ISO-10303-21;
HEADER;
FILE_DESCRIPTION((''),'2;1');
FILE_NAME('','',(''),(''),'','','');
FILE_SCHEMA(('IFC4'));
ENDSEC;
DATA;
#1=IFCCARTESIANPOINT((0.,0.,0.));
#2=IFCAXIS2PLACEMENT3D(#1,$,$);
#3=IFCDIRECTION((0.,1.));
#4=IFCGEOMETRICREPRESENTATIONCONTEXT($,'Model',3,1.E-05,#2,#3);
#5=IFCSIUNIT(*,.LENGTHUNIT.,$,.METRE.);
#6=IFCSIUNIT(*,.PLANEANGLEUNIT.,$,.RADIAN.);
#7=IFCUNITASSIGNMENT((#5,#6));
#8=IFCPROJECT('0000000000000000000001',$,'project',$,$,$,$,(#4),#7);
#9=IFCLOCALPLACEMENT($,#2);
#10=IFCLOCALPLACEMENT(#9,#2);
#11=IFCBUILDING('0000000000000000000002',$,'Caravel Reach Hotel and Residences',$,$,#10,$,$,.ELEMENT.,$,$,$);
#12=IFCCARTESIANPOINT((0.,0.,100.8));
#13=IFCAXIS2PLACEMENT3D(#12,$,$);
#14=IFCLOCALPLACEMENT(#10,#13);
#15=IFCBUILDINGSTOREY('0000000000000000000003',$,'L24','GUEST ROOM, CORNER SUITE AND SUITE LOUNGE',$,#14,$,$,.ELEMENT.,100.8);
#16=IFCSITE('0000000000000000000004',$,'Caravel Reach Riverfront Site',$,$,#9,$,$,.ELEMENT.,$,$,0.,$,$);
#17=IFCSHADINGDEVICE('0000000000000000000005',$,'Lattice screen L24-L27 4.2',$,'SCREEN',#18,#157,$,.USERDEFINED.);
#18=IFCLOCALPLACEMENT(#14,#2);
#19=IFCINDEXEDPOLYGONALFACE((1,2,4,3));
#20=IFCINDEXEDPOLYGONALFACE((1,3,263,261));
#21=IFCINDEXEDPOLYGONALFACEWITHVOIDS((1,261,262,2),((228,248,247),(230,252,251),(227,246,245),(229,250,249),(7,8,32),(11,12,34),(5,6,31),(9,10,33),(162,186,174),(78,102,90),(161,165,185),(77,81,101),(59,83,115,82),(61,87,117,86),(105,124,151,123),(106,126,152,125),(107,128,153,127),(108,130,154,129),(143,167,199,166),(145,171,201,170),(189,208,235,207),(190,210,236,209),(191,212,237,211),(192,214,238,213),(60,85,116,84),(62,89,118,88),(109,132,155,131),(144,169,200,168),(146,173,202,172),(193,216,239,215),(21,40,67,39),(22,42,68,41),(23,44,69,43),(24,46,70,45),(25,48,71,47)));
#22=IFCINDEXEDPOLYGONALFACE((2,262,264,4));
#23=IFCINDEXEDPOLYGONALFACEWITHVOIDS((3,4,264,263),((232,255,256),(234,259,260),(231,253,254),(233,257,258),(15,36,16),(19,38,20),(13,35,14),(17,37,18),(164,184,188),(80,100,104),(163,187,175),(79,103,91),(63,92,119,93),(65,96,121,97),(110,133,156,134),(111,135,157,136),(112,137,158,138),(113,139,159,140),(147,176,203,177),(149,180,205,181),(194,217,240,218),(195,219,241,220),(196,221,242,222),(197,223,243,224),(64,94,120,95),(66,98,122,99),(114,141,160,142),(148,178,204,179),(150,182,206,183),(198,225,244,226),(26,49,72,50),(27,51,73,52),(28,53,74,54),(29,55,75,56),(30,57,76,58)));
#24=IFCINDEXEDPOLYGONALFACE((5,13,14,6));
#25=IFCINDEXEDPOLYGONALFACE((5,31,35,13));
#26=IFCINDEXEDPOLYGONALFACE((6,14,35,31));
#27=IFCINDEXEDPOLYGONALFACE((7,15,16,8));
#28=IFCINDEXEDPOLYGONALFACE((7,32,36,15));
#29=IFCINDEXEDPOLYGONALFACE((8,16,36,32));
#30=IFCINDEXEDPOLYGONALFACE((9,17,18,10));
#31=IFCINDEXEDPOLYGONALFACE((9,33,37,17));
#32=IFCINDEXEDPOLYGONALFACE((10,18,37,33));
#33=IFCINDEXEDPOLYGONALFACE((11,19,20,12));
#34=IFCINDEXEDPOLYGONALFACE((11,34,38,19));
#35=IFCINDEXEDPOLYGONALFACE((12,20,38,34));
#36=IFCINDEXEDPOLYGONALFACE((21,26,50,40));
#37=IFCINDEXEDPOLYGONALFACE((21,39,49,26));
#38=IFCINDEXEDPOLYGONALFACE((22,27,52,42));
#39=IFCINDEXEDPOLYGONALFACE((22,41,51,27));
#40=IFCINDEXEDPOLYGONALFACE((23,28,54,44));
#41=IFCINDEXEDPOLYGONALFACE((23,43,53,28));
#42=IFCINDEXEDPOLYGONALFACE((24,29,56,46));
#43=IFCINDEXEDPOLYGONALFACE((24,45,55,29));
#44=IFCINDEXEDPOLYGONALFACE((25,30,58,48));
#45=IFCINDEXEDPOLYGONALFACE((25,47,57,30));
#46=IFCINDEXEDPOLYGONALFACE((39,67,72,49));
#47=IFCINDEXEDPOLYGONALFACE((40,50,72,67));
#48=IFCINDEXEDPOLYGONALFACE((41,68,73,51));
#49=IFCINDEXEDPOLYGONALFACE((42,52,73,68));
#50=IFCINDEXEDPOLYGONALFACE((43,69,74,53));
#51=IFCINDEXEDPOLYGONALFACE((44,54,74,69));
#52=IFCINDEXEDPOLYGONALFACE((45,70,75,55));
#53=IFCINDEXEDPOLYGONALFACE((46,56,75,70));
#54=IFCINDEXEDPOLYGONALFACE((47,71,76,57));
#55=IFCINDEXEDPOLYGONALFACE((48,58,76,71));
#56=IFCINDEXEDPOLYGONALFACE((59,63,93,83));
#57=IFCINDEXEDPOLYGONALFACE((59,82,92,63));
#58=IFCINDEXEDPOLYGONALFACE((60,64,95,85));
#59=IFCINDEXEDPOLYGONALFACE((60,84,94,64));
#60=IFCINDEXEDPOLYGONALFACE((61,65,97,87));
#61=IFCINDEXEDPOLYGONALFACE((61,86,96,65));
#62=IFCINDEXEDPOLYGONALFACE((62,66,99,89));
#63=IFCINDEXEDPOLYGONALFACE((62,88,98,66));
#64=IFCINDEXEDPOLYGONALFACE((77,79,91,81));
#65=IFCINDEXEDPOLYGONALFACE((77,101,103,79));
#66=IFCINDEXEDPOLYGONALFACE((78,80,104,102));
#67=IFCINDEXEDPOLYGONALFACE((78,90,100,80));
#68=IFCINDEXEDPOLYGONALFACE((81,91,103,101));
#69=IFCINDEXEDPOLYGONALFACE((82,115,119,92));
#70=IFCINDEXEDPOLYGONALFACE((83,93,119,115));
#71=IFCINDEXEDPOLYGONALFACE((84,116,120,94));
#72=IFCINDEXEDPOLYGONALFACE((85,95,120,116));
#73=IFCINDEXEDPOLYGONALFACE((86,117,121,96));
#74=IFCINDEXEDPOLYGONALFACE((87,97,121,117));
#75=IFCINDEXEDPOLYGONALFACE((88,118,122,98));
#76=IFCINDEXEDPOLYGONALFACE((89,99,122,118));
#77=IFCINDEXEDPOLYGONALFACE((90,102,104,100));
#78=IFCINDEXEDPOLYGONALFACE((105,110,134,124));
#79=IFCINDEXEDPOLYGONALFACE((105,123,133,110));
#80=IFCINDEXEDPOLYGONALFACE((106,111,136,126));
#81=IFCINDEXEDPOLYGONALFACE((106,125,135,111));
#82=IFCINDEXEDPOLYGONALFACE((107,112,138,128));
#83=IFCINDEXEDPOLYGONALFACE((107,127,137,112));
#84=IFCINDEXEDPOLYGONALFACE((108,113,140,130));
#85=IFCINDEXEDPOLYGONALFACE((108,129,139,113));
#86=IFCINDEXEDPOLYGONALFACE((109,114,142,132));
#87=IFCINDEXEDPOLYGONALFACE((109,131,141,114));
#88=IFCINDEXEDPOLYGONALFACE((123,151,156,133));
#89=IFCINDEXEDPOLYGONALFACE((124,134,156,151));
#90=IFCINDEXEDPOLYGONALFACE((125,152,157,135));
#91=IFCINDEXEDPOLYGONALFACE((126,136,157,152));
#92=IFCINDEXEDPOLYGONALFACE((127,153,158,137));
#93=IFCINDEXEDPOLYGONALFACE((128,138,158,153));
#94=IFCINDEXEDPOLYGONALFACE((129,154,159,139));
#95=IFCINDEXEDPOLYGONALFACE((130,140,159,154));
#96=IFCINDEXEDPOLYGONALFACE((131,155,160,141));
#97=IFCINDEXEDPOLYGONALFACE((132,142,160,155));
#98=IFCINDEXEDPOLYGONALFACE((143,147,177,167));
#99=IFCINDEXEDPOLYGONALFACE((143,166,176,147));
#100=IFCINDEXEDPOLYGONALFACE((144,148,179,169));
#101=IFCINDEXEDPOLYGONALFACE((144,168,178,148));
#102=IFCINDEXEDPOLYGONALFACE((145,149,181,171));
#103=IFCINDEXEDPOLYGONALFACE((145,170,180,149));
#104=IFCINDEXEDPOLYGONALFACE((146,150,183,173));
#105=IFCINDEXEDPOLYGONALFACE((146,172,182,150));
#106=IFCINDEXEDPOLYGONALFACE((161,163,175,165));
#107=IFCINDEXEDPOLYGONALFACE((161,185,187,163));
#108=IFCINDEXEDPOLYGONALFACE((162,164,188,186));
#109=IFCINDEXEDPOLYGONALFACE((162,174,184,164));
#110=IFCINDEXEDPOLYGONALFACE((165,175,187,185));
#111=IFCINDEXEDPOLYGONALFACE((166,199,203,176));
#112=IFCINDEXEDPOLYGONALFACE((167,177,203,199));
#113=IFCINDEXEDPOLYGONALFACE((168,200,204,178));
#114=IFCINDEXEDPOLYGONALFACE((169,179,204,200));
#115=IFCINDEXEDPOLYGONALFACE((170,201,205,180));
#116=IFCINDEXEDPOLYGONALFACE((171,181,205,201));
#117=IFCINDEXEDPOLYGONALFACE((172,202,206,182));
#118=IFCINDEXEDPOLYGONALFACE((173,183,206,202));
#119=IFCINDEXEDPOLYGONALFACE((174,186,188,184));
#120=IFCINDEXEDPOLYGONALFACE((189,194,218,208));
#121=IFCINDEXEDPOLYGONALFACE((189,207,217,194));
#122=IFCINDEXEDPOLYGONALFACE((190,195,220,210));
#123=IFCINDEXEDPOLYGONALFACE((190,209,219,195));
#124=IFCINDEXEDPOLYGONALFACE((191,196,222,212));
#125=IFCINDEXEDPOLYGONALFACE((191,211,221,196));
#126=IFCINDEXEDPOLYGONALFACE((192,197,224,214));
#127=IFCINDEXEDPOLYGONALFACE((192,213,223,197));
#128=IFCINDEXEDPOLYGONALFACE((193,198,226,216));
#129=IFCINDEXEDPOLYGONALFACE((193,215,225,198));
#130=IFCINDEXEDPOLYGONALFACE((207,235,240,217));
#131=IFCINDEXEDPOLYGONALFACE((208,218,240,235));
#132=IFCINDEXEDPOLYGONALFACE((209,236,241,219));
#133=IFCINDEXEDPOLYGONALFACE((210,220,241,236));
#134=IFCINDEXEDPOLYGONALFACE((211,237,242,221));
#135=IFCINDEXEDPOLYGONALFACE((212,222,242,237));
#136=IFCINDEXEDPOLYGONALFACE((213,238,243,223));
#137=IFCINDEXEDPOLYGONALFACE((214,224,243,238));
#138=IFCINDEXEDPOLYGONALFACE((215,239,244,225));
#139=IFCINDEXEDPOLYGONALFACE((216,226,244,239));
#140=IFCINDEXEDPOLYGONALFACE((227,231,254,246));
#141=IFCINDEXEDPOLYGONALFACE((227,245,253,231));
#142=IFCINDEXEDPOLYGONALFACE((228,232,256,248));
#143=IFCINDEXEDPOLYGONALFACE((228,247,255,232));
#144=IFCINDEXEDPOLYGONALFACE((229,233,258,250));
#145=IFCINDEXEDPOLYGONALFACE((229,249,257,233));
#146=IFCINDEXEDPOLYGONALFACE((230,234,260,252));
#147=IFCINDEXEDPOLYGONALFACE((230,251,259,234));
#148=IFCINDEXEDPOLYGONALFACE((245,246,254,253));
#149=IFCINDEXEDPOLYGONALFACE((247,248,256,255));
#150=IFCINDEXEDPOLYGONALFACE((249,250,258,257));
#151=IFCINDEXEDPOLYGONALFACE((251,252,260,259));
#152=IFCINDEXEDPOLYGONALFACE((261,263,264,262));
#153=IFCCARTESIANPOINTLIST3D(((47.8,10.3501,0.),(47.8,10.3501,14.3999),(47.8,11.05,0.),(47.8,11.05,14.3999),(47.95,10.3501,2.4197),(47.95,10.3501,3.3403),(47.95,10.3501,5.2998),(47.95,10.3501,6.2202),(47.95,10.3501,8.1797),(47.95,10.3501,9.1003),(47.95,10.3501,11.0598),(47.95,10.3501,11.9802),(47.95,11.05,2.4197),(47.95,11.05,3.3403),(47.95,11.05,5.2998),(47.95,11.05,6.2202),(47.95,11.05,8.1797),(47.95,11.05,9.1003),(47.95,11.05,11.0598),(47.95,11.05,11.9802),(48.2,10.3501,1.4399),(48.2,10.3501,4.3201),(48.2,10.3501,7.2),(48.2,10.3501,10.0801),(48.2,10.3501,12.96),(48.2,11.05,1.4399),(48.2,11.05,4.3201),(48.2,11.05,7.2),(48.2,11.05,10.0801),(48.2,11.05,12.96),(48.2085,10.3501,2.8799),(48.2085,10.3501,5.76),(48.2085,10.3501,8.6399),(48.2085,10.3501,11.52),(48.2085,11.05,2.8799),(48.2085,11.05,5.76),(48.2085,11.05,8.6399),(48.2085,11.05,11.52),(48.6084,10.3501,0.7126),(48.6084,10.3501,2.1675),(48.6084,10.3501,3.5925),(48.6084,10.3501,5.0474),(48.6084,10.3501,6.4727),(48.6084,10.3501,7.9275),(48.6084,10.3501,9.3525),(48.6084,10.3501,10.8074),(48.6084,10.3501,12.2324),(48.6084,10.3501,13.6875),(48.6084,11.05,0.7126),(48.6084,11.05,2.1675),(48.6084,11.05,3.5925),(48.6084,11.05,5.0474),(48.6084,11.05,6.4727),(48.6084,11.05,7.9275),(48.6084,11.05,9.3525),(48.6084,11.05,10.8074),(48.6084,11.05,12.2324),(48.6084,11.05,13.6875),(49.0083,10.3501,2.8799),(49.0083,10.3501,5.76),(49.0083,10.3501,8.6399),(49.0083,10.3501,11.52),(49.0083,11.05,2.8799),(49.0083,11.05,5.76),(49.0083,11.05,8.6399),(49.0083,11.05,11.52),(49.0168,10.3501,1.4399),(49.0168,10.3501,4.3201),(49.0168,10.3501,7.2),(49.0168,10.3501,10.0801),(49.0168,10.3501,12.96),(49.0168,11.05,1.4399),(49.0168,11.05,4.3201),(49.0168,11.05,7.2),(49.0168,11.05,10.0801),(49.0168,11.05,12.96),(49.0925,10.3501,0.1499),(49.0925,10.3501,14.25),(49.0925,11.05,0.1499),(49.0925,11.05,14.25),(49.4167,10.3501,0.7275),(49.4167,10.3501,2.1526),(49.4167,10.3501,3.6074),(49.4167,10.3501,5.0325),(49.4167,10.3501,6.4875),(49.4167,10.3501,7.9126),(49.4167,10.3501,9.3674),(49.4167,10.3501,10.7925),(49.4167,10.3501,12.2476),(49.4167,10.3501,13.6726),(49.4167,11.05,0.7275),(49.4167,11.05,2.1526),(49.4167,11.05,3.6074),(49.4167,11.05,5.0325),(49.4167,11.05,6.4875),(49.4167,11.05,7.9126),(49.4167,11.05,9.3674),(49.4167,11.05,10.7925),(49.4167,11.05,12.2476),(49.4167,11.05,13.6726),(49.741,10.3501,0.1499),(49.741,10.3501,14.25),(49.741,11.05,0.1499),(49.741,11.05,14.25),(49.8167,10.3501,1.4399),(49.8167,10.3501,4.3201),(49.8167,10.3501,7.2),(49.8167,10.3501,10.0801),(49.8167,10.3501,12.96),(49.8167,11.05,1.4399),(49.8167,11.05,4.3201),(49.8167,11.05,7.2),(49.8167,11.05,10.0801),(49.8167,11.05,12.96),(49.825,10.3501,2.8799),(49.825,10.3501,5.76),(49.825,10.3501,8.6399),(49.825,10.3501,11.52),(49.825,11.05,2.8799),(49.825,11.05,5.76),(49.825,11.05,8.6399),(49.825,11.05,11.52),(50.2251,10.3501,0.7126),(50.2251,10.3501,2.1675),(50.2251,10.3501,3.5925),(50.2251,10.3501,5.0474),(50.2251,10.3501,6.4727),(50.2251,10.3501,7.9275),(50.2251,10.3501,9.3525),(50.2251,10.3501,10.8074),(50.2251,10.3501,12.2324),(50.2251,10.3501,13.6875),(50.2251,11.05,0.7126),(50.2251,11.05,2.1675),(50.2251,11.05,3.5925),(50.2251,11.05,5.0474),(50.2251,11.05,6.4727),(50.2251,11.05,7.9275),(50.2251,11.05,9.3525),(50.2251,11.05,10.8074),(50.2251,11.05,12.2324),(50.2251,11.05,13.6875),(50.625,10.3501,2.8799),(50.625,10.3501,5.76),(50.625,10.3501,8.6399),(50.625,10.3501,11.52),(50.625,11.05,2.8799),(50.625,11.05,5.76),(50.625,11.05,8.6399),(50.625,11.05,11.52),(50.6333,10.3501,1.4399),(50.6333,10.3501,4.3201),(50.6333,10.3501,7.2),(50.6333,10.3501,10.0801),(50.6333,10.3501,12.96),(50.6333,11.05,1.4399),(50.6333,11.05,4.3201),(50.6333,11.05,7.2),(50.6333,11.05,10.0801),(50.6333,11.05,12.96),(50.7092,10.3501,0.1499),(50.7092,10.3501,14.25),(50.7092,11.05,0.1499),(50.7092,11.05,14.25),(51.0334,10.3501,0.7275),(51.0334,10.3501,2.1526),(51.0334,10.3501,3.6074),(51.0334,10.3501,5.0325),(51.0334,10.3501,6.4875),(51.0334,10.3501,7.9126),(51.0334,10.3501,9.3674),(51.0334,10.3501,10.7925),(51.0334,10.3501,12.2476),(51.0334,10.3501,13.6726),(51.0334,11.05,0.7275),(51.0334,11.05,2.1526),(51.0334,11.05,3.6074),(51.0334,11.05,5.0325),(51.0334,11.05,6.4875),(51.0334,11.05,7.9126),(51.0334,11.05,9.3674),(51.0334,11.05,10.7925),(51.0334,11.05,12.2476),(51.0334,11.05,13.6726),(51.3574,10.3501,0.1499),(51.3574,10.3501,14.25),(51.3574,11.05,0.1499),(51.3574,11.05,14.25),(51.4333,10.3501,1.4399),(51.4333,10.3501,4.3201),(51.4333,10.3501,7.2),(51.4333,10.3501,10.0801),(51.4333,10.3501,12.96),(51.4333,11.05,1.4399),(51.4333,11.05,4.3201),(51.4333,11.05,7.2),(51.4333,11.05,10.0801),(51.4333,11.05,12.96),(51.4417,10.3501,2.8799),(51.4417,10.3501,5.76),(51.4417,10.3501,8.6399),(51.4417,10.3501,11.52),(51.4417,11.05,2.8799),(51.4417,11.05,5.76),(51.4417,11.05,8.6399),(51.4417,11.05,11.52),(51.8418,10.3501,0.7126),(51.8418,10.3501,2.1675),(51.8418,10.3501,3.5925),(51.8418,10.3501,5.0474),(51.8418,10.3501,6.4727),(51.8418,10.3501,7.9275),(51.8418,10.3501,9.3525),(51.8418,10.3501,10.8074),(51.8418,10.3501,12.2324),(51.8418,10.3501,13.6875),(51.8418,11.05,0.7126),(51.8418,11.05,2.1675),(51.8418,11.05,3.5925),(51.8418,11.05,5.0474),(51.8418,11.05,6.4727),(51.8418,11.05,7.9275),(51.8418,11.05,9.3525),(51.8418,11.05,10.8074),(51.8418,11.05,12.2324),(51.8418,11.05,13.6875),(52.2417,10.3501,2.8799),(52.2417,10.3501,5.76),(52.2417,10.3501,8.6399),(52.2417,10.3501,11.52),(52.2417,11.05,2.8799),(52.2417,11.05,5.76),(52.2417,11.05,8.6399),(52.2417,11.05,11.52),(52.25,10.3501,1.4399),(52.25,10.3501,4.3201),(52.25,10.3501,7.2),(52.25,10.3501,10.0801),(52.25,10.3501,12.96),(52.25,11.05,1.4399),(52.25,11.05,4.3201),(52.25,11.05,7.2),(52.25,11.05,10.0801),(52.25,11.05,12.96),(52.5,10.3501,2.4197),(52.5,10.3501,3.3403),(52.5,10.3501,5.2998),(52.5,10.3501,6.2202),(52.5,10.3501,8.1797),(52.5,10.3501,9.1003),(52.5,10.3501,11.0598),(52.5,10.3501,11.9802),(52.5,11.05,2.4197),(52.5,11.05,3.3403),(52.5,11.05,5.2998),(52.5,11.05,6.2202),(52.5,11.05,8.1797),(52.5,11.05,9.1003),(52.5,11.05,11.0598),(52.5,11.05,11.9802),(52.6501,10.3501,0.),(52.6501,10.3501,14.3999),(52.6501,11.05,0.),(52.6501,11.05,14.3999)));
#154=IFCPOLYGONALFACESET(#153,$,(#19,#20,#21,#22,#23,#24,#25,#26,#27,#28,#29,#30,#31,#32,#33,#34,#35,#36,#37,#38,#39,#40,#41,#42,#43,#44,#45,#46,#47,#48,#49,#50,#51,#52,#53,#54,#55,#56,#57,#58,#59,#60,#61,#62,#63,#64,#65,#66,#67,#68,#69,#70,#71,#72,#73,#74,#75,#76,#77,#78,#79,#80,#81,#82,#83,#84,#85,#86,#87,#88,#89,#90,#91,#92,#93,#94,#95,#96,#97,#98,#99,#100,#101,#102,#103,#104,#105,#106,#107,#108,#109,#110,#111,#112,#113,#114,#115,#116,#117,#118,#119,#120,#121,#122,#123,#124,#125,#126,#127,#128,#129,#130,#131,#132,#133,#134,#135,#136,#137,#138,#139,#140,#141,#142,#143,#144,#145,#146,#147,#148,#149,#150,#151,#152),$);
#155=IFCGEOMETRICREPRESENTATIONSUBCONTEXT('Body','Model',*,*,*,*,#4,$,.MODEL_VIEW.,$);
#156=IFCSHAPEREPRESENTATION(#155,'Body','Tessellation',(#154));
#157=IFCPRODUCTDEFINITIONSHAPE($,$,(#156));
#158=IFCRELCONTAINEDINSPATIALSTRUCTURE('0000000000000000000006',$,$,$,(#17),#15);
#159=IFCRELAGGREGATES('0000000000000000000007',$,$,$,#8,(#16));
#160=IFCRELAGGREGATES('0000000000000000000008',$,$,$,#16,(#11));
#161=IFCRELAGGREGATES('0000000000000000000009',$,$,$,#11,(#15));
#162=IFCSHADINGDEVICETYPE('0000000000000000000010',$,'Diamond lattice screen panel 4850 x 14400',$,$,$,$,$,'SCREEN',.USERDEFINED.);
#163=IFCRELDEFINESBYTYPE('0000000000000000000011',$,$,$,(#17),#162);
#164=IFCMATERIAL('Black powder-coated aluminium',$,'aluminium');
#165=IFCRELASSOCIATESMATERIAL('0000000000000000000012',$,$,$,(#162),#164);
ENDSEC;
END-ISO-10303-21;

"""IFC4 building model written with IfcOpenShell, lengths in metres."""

from ifc_helpers import new_model, si_unit, direction, frame, origin, place, context, subcontext, project, spatial, polyline, outline, extrude, material, type_object, element, save


model = new_model("IFC4")

# Units and contexts
model_context = context("Model", 3, precision=1e-05, world=origin(), true_north=direction((0.0, 1.0)))
body_context = subcontext(model_context, "Body", "Model", "MODEL_VIEW")
ifc_project = project(units=[si_unit("LENGTHUNIT", "METRE"), si_unit("PLANEANGLEUNIT", "RADIAN")], contexts=[model_context])

# Site, building, storey
site_placement = place(None, origin())
site = spatial("IfcSite", under=ifc_project, at=site_placement, Name="Caravel Reach Riverfront Site", CompositionType="ELEMENT", RefElevation=0.0)
building_placement = place(site_placement, origin())
building = spatial("IfcBuilding", under=site, at=building_placement, Name="Caravel Reach Hotel and Residences", CompositionType="ELEMENT")
storey_placement = place(building_placement, frame((0.0, 0.0, 100.8)))
storey = spatial("IfcBuildingStorey", under=building, at=storey_placement, Name="L24", Description="GUEST ROOM, CORNER SUITE AND SUITE LOUNGE", CompositionType="ELEMENT", Elevation=100.8)

# Shading device
ifc_material_1 = material(Name="Black powder-coated aluminium", Category="aluminium")
shading_device_type_1 = type_object("IfcShadingDeviceType", Name="Diamond lattice screen panel 4850 x 14400", ElementType="SCREEN", PredefinedType="USERDEFINED", material=ifc_material_1)
shading_device_1_placement = place(storey_placement, frame((47.8, 11.05, 0.0), z_axis=(0.0, -1.0, 0.0), x_axis=(1.0, 0.0, 0.0)))
element("IfcShadingDevice", 1, at=shading_device_1_placement, inside=storey, type_object=shading_device_type_1, Name="Lattice screen L24-L27 4.2", ObjectType="SCREEN", PredefinedType="USERDEFINED", context=body_context, shape_type="SweptSolid", body=[
    extrude(outline(polyline([(0.0, 0.0), (4.8501, 0.0), (4.8501, 14.3999), (0.0, 14.3999), (0.0, 0.0)]), holes=[polyline([(0.4084, 2.8799), (0.1499, 3.3403), (0.1499, 2.4197), (0.4084, 2.8799)]), polyline([(0.4084, 5.76), (0.1499, 6.2202), (0.1499, 5.2998), (0.4084, 5.76)]), polyline([(0.4084, 8.6399), (0.1499, 9.1003), (0.1499, 8.1797), (0.4084, 8.6399)]), polyline([(0.4084, 11.52), (0.1499, 11.9802), (0.1499, 11.0598), (0.4084, 11.52)]), polyline([(0.8083, 2.1675), (0.3999, 1.4399), (0.8083, 0.7126), (1.2168, 1.4399), (0.8083, 2.1675)]), polyline([(0.8083, 5.0474), (0.3999, 4.3201), (0.8083, 3.5925), (1.2168, 4.3201), (0.8083, 5.0474)]), polyline([(0.8083, 7.9275), (0.3999, 7.2), (0.8083, 6.4727), (1.2168, 7.2), (0.8083, 7.9275)]), polyline([(0.8083, 10.8074), (0.3999, 10.0801), (0.8083, 9.3525), (1.2168, 10.0801), (0.8083, 10.8074)]), polyline([(0.8083, 13.6875), (0.3999, 12.96), (0.8083, 12.2324), (1.2168, 12.96), (0.8083, 13.6875)]), polyline([(1.6167, 0.7275), (1.2925, 0.1499), (1.9409, 0.1499), (1.6167, 0.7275)]), polyline([(1.6167, 3.6074), (1.2083, 2.8799), (1.6167, 2.1526), (2.0249, 2.8799), (1.6167, 3.6074)]), polyline([(1.6167, 6.4875), (1.2083, 5.76), (1.6167, 5.0325), (2.0249, 5.76), (1.6167, 6.4875)]), polyline([(1.6167, 9.3674), (1.2083, 8.6399), (1.6167, 7.9126), (2.0249, 8.6399), (1.6167, 9.3674)]), polyline([(1.6167, 12.2476), (1.2083, 11.52), (1.6167, 10.7925), (2.0249, 11.52), (1.6167, 12.2476)]), polyline([(1.6167, 13.6726), (1.9409, 14.25), (1.2925, 14.25), (1.6167, 13.6726)]), polyline([(2.425, 2.1675), (2.0166, 1.4399), (2.425, 0.7126), (2.8333, 1.4399), (2.425, 2.1675)]), polyline([(2.425, 5.0474), (2.0166, 4.3201), (2.425, 3.5925), (2.8333, 4.3201), (2.425, 5.0474)]), polyline([(2.425, 7.9275), (2.0166, 7.2), (2.425, 6.4727), (2.8333, 7.2), (2.425, 7.9275)]), polyline([(2.425, 10.8074), (2.0166, 10.0801), (2.425, 9.3525), (2.8333, 10.0801), (2.425, 10.8074)]), polyline([(2.425, 13.6875), (2.0166, 12.96), (2.425, 12.2324), (2.8333, 12.96), (2.425, 13.6875)]), polyline([(3.2334, 0.7275), (2.9092, 0.1499), (3.5574, 0.1499), (3.2334, 0.7275)]), polyline([(3.2334, 3.6074), (2.825, 2.8799), (3.2334, 2.1526), (3.6416, 2.8799), (3.2334, 3.6074)]), polyline([(3.2334, 6.4875), (2.825, 5.76), (3.2334, 5.0325), (3.6416, 5.76), (3.2334, 6.4875)]), polyline([(3.2334, 9.3674), (2.825, 8.6399), (3.2334, 7.9126), (3.6416, 8.6399), (3.2334, 9.3674)]), polyline([(3.2334, 12.2476), (2.825, 11.52), (3.2334, 10.7925), (3.6416, 11.52), (3.2334, 12.2476)]), polyline([(3.2334, 13.6726), (3.5574, 14.25), (2.9092, 14.25), (3.2334, 13.6726)]), polyline([(4.0417, 2.1675), (3.6333, 1.4399), (4.0417, 0.7126), (4.45, 1.4399), (4.0417, 2.1675)]), polyline([(4.0417, 5.0474), (3.6333, 4.3201), (4.0417, 3.5925), (4.45, 4.3201), (4.0417, 5.0474)]), polyline([(4.0417, 7.9275), (3.6333, 7.2), (4.0417, 6.4727), (4.45, 7.2), (4.0417, 7.9275)]), polyline([(4.0417, 10.8074), (3.6333, 10.0801), (4.0417, 9.3525), (4.45, 10.0801), (4.0417, 10.8074)]), polyline([(4.0417, 13.6875), (3.6333, 12.96), (4.0417, 12.2324), (4.45, 12.96), (4.0417, 13.6875)]), polyline([(4.4417, 2.8799), (4.7, 2.4197), (4.7, 3.3403), (4.4417, 2.8799)]), polyline([(4.4417, 5.76), (4.7, 5.2998), (4.7, 6.2202), (4.4417, 5.76)]), polyline([(4.4417, 8.6399), (4.7, 8.1797), (4.7, 9.1003), (4.4417, 8.6399)]), polyline([(4.4417, 11.52), (4.7, 11.0598), (4.7, 11.9802), (4.4417, 11.52)])]), origin(), (0.0, 0.0, 1.0), 0.7),
])

save(model, "model.ifc")
